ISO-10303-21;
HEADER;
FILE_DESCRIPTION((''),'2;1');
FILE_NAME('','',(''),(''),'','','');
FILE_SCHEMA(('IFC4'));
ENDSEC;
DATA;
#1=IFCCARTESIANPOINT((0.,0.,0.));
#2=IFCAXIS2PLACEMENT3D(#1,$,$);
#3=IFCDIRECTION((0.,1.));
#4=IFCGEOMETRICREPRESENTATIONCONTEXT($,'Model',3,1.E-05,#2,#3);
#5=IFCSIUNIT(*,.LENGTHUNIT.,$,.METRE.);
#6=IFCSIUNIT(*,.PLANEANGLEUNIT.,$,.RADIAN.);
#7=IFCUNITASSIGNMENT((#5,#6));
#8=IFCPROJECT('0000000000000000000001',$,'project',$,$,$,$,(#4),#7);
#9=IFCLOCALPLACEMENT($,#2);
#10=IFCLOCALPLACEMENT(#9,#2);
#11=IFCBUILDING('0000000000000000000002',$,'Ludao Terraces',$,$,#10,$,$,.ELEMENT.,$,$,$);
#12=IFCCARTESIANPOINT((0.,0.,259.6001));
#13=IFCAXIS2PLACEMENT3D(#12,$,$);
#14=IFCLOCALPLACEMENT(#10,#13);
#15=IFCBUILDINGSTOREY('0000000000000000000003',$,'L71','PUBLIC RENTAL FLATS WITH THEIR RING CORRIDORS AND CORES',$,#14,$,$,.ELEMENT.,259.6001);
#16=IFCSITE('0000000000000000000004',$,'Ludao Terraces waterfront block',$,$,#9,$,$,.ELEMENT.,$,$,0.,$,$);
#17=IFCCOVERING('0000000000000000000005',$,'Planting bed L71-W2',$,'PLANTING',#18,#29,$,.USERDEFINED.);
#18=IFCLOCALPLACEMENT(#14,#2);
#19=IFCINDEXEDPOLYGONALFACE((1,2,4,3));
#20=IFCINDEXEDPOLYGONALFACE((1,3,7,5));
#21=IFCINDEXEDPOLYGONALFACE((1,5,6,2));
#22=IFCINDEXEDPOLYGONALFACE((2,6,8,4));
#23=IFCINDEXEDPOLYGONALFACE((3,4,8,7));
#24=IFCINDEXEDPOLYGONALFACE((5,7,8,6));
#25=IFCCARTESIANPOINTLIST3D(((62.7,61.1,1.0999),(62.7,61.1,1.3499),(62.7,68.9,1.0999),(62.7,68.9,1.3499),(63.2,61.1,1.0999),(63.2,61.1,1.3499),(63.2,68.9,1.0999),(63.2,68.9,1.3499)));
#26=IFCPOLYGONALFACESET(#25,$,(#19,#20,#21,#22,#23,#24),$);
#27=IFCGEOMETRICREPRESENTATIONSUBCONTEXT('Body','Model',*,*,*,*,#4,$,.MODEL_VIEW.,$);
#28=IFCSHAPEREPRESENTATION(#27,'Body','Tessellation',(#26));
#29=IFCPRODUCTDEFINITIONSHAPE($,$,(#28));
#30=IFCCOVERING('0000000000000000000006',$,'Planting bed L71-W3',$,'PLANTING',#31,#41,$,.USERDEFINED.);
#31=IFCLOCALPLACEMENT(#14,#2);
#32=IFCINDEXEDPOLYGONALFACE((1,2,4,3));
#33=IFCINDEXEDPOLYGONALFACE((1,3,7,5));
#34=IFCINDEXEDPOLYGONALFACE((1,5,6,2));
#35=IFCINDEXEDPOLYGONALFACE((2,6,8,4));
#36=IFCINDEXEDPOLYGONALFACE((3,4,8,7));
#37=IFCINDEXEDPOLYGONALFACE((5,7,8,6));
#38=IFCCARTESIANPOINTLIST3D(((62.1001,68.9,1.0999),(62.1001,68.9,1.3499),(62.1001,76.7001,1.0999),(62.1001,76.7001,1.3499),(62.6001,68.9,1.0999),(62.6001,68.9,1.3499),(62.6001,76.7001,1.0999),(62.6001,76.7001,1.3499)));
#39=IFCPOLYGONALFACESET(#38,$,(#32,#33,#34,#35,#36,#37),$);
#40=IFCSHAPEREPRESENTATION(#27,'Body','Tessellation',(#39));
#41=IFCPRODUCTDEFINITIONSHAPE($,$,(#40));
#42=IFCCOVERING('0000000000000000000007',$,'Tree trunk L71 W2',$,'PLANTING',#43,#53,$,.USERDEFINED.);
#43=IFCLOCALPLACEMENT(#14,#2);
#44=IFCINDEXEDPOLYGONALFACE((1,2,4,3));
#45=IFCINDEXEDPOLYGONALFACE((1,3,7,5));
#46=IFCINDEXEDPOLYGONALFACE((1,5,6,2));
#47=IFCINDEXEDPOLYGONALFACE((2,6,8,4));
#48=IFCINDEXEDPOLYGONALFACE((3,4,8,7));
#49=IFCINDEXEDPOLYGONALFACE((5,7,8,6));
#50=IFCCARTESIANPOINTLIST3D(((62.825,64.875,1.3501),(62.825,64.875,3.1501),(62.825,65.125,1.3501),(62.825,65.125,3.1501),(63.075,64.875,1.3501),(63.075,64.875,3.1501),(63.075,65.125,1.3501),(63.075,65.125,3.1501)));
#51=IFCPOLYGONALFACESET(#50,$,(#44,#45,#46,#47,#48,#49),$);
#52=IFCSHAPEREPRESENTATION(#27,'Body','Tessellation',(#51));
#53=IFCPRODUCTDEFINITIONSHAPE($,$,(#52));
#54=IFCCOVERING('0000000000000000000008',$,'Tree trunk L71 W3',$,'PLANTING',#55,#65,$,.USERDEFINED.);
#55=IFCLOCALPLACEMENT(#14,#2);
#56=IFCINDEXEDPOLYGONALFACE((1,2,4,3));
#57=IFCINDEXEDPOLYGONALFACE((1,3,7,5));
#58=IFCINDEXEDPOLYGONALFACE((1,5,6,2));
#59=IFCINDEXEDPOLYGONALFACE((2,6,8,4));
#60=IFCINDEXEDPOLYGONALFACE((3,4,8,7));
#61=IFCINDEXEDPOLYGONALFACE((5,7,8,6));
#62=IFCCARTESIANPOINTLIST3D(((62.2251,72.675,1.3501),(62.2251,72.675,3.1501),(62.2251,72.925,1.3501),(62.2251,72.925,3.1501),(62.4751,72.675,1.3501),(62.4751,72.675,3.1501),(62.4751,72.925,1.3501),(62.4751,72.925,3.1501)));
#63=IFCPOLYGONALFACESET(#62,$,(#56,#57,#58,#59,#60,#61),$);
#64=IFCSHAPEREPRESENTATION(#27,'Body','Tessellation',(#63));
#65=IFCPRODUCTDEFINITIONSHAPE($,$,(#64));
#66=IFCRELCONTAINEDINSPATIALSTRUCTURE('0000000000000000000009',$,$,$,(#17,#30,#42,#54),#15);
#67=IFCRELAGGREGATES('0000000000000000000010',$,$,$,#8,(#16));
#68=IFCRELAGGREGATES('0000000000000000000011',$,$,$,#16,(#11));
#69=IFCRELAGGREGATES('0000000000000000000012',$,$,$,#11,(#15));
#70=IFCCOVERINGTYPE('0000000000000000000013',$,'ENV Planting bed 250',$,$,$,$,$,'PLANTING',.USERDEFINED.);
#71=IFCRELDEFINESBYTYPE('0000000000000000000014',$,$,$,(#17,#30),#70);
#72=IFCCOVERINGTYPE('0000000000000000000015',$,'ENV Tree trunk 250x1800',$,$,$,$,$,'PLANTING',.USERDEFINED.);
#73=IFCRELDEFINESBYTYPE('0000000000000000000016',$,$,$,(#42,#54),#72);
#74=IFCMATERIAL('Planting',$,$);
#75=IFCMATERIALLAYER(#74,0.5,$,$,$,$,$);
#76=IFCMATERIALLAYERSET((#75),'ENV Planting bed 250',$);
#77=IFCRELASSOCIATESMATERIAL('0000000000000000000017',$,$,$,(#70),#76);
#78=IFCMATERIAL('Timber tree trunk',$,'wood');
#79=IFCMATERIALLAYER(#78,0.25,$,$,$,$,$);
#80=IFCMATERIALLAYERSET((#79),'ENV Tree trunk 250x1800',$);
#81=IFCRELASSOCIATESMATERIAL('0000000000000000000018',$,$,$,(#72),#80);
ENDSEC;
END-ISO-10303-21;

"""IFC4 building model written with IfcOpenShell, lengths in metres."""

from ifc_helpers import new_model, si_unit, direction, frame, origin, origin_2d, place, context, subcontext, project, spatial, rectangle, extrude, material, layer, layer_set, type_object, element, save


model = new_model("IFC4")

# Units and contexts
model_context = context("Model", 3, precision=1e-05, world=origin(), true_north=direction((0.0, 1.0)))
body_context = subcontext(model_context, "Body", "Model", "MODEL_VIEW")
ifc_project = project(units=[si_unit("LENGTHUNIT", "METRE"), si_unit("PLANEANGLEUNIT", "RADIAN")], contexts=[model_context])

# Site, building, storey
site_placement = place(None, origin())
site = spatial("IfcSite", under=ifc_project, at=site_placement, Name="Ludao Terraces waterfront block", CompositionType="ELEMENT", RefElevation=0.0)
building_placement = place(site_placement, origin())
building = spatial("IfcBuilding", under=site, at=building_placement, Name="Ludao Terraces", CompositionType="ELEMENT")
storey_placement = place(building_placement, frame((0.0, 0.0, 259.6001)))
storey = spatial("IfcBuildingStorey", under=building, at=storey_placement, Name="L71", Description="PUBLIC RENTAL FLATS WITH THEIR RING CORRIDORS AND CORES", CompositionType="ELEMENT", Elevation=259.6001)

# Coverings
ifc_material_1 = material(Name="Planting")
ifc_layer_1 = layer(ifc_material_1, 0.5)
ifc_layer_set_1 = layer_set([ifc_layer_1], Name="ENV Planting bed 250")
covering_type_1 = type_object("IfcCoveringType", Name="ENV Planting bed 250", ElementType="PLANTING", PredefinedType="USERDEFINED", material=ifc_layer_set_1)
for number, where, z_axis, x_axis, name in (
    (1, (62.95, 65.0, 1.0999), (0.0, 0.0, 1.0), (1.0, 0.0, 0.0), "Planting bed L71-W2"),
    (2, (62.3501, 72.8, 1.0999), (0.0, 0.0, 1.0), (1.0, 0.0, 0.0), "Planting bed L71-W3"),
):
    element("IfcCovering", number, at=place(storey_placement, frame(where, z_axis=z_axis, x_axis=x_axis)), inside=storey, type_object=covering_type_1, Name=name, ObjectType="PLANTING", PredefinedType="USERDEFINED", context=body_context, shape_type="SweptSolid", body=[
        extrude(rectangle(XDim=0.5, YDim=7.8, at=origin_2d()), origin(), (0.0, 0.0, 1.0), 0.25),
    ])
ifc_material_2 = material(Name="Timber tree trunk", Category="wood")
ifc_layer_2 = layer(ifc_material_2, 0.25)
ifc_layer_set_2 = layer_set([ifc_layer_2], Name="ENV Tree trunk 250x1800")
covering_type_2 = type_object("IfcCoveringType", Name="ENV Tree trunk 250x1800", ElementType="PLANTING", PredefinedType="USERDEFINED", material=ifc_layer_set_2)
for number, where, z_axis, x_axis, name in (
    (3, (62.95, 65.0, 1.3501), (0.0, 0.0, 1.0), (1.0, 0.0, 0.0), "Tree trunk L71 W2"),
    (4, (62.3501, 72.8, 1.3501), (0.0, 0.0, 1.0), (1.0, 0.0, 0.0), "Tree trunk L71 W3"),
):
    element("IfcCovering", number, at=place(storey_placement, frame(where, z_axis=z_axis, x_axis=x_axis)), inside=storey, type_object=covering_type_2, Name=name, ObjectType="PLANTING", PredefinedType="USERDEFINED", context=body_context, shape_type="SweptSolid", body=[
        extrude(rectangle(XDim=0.25, YDim=0.25, at=origin_2d()), origin(), (0.0, 0.0, 1.0), 1.8),
    ])

save(model, "model.ifc")
